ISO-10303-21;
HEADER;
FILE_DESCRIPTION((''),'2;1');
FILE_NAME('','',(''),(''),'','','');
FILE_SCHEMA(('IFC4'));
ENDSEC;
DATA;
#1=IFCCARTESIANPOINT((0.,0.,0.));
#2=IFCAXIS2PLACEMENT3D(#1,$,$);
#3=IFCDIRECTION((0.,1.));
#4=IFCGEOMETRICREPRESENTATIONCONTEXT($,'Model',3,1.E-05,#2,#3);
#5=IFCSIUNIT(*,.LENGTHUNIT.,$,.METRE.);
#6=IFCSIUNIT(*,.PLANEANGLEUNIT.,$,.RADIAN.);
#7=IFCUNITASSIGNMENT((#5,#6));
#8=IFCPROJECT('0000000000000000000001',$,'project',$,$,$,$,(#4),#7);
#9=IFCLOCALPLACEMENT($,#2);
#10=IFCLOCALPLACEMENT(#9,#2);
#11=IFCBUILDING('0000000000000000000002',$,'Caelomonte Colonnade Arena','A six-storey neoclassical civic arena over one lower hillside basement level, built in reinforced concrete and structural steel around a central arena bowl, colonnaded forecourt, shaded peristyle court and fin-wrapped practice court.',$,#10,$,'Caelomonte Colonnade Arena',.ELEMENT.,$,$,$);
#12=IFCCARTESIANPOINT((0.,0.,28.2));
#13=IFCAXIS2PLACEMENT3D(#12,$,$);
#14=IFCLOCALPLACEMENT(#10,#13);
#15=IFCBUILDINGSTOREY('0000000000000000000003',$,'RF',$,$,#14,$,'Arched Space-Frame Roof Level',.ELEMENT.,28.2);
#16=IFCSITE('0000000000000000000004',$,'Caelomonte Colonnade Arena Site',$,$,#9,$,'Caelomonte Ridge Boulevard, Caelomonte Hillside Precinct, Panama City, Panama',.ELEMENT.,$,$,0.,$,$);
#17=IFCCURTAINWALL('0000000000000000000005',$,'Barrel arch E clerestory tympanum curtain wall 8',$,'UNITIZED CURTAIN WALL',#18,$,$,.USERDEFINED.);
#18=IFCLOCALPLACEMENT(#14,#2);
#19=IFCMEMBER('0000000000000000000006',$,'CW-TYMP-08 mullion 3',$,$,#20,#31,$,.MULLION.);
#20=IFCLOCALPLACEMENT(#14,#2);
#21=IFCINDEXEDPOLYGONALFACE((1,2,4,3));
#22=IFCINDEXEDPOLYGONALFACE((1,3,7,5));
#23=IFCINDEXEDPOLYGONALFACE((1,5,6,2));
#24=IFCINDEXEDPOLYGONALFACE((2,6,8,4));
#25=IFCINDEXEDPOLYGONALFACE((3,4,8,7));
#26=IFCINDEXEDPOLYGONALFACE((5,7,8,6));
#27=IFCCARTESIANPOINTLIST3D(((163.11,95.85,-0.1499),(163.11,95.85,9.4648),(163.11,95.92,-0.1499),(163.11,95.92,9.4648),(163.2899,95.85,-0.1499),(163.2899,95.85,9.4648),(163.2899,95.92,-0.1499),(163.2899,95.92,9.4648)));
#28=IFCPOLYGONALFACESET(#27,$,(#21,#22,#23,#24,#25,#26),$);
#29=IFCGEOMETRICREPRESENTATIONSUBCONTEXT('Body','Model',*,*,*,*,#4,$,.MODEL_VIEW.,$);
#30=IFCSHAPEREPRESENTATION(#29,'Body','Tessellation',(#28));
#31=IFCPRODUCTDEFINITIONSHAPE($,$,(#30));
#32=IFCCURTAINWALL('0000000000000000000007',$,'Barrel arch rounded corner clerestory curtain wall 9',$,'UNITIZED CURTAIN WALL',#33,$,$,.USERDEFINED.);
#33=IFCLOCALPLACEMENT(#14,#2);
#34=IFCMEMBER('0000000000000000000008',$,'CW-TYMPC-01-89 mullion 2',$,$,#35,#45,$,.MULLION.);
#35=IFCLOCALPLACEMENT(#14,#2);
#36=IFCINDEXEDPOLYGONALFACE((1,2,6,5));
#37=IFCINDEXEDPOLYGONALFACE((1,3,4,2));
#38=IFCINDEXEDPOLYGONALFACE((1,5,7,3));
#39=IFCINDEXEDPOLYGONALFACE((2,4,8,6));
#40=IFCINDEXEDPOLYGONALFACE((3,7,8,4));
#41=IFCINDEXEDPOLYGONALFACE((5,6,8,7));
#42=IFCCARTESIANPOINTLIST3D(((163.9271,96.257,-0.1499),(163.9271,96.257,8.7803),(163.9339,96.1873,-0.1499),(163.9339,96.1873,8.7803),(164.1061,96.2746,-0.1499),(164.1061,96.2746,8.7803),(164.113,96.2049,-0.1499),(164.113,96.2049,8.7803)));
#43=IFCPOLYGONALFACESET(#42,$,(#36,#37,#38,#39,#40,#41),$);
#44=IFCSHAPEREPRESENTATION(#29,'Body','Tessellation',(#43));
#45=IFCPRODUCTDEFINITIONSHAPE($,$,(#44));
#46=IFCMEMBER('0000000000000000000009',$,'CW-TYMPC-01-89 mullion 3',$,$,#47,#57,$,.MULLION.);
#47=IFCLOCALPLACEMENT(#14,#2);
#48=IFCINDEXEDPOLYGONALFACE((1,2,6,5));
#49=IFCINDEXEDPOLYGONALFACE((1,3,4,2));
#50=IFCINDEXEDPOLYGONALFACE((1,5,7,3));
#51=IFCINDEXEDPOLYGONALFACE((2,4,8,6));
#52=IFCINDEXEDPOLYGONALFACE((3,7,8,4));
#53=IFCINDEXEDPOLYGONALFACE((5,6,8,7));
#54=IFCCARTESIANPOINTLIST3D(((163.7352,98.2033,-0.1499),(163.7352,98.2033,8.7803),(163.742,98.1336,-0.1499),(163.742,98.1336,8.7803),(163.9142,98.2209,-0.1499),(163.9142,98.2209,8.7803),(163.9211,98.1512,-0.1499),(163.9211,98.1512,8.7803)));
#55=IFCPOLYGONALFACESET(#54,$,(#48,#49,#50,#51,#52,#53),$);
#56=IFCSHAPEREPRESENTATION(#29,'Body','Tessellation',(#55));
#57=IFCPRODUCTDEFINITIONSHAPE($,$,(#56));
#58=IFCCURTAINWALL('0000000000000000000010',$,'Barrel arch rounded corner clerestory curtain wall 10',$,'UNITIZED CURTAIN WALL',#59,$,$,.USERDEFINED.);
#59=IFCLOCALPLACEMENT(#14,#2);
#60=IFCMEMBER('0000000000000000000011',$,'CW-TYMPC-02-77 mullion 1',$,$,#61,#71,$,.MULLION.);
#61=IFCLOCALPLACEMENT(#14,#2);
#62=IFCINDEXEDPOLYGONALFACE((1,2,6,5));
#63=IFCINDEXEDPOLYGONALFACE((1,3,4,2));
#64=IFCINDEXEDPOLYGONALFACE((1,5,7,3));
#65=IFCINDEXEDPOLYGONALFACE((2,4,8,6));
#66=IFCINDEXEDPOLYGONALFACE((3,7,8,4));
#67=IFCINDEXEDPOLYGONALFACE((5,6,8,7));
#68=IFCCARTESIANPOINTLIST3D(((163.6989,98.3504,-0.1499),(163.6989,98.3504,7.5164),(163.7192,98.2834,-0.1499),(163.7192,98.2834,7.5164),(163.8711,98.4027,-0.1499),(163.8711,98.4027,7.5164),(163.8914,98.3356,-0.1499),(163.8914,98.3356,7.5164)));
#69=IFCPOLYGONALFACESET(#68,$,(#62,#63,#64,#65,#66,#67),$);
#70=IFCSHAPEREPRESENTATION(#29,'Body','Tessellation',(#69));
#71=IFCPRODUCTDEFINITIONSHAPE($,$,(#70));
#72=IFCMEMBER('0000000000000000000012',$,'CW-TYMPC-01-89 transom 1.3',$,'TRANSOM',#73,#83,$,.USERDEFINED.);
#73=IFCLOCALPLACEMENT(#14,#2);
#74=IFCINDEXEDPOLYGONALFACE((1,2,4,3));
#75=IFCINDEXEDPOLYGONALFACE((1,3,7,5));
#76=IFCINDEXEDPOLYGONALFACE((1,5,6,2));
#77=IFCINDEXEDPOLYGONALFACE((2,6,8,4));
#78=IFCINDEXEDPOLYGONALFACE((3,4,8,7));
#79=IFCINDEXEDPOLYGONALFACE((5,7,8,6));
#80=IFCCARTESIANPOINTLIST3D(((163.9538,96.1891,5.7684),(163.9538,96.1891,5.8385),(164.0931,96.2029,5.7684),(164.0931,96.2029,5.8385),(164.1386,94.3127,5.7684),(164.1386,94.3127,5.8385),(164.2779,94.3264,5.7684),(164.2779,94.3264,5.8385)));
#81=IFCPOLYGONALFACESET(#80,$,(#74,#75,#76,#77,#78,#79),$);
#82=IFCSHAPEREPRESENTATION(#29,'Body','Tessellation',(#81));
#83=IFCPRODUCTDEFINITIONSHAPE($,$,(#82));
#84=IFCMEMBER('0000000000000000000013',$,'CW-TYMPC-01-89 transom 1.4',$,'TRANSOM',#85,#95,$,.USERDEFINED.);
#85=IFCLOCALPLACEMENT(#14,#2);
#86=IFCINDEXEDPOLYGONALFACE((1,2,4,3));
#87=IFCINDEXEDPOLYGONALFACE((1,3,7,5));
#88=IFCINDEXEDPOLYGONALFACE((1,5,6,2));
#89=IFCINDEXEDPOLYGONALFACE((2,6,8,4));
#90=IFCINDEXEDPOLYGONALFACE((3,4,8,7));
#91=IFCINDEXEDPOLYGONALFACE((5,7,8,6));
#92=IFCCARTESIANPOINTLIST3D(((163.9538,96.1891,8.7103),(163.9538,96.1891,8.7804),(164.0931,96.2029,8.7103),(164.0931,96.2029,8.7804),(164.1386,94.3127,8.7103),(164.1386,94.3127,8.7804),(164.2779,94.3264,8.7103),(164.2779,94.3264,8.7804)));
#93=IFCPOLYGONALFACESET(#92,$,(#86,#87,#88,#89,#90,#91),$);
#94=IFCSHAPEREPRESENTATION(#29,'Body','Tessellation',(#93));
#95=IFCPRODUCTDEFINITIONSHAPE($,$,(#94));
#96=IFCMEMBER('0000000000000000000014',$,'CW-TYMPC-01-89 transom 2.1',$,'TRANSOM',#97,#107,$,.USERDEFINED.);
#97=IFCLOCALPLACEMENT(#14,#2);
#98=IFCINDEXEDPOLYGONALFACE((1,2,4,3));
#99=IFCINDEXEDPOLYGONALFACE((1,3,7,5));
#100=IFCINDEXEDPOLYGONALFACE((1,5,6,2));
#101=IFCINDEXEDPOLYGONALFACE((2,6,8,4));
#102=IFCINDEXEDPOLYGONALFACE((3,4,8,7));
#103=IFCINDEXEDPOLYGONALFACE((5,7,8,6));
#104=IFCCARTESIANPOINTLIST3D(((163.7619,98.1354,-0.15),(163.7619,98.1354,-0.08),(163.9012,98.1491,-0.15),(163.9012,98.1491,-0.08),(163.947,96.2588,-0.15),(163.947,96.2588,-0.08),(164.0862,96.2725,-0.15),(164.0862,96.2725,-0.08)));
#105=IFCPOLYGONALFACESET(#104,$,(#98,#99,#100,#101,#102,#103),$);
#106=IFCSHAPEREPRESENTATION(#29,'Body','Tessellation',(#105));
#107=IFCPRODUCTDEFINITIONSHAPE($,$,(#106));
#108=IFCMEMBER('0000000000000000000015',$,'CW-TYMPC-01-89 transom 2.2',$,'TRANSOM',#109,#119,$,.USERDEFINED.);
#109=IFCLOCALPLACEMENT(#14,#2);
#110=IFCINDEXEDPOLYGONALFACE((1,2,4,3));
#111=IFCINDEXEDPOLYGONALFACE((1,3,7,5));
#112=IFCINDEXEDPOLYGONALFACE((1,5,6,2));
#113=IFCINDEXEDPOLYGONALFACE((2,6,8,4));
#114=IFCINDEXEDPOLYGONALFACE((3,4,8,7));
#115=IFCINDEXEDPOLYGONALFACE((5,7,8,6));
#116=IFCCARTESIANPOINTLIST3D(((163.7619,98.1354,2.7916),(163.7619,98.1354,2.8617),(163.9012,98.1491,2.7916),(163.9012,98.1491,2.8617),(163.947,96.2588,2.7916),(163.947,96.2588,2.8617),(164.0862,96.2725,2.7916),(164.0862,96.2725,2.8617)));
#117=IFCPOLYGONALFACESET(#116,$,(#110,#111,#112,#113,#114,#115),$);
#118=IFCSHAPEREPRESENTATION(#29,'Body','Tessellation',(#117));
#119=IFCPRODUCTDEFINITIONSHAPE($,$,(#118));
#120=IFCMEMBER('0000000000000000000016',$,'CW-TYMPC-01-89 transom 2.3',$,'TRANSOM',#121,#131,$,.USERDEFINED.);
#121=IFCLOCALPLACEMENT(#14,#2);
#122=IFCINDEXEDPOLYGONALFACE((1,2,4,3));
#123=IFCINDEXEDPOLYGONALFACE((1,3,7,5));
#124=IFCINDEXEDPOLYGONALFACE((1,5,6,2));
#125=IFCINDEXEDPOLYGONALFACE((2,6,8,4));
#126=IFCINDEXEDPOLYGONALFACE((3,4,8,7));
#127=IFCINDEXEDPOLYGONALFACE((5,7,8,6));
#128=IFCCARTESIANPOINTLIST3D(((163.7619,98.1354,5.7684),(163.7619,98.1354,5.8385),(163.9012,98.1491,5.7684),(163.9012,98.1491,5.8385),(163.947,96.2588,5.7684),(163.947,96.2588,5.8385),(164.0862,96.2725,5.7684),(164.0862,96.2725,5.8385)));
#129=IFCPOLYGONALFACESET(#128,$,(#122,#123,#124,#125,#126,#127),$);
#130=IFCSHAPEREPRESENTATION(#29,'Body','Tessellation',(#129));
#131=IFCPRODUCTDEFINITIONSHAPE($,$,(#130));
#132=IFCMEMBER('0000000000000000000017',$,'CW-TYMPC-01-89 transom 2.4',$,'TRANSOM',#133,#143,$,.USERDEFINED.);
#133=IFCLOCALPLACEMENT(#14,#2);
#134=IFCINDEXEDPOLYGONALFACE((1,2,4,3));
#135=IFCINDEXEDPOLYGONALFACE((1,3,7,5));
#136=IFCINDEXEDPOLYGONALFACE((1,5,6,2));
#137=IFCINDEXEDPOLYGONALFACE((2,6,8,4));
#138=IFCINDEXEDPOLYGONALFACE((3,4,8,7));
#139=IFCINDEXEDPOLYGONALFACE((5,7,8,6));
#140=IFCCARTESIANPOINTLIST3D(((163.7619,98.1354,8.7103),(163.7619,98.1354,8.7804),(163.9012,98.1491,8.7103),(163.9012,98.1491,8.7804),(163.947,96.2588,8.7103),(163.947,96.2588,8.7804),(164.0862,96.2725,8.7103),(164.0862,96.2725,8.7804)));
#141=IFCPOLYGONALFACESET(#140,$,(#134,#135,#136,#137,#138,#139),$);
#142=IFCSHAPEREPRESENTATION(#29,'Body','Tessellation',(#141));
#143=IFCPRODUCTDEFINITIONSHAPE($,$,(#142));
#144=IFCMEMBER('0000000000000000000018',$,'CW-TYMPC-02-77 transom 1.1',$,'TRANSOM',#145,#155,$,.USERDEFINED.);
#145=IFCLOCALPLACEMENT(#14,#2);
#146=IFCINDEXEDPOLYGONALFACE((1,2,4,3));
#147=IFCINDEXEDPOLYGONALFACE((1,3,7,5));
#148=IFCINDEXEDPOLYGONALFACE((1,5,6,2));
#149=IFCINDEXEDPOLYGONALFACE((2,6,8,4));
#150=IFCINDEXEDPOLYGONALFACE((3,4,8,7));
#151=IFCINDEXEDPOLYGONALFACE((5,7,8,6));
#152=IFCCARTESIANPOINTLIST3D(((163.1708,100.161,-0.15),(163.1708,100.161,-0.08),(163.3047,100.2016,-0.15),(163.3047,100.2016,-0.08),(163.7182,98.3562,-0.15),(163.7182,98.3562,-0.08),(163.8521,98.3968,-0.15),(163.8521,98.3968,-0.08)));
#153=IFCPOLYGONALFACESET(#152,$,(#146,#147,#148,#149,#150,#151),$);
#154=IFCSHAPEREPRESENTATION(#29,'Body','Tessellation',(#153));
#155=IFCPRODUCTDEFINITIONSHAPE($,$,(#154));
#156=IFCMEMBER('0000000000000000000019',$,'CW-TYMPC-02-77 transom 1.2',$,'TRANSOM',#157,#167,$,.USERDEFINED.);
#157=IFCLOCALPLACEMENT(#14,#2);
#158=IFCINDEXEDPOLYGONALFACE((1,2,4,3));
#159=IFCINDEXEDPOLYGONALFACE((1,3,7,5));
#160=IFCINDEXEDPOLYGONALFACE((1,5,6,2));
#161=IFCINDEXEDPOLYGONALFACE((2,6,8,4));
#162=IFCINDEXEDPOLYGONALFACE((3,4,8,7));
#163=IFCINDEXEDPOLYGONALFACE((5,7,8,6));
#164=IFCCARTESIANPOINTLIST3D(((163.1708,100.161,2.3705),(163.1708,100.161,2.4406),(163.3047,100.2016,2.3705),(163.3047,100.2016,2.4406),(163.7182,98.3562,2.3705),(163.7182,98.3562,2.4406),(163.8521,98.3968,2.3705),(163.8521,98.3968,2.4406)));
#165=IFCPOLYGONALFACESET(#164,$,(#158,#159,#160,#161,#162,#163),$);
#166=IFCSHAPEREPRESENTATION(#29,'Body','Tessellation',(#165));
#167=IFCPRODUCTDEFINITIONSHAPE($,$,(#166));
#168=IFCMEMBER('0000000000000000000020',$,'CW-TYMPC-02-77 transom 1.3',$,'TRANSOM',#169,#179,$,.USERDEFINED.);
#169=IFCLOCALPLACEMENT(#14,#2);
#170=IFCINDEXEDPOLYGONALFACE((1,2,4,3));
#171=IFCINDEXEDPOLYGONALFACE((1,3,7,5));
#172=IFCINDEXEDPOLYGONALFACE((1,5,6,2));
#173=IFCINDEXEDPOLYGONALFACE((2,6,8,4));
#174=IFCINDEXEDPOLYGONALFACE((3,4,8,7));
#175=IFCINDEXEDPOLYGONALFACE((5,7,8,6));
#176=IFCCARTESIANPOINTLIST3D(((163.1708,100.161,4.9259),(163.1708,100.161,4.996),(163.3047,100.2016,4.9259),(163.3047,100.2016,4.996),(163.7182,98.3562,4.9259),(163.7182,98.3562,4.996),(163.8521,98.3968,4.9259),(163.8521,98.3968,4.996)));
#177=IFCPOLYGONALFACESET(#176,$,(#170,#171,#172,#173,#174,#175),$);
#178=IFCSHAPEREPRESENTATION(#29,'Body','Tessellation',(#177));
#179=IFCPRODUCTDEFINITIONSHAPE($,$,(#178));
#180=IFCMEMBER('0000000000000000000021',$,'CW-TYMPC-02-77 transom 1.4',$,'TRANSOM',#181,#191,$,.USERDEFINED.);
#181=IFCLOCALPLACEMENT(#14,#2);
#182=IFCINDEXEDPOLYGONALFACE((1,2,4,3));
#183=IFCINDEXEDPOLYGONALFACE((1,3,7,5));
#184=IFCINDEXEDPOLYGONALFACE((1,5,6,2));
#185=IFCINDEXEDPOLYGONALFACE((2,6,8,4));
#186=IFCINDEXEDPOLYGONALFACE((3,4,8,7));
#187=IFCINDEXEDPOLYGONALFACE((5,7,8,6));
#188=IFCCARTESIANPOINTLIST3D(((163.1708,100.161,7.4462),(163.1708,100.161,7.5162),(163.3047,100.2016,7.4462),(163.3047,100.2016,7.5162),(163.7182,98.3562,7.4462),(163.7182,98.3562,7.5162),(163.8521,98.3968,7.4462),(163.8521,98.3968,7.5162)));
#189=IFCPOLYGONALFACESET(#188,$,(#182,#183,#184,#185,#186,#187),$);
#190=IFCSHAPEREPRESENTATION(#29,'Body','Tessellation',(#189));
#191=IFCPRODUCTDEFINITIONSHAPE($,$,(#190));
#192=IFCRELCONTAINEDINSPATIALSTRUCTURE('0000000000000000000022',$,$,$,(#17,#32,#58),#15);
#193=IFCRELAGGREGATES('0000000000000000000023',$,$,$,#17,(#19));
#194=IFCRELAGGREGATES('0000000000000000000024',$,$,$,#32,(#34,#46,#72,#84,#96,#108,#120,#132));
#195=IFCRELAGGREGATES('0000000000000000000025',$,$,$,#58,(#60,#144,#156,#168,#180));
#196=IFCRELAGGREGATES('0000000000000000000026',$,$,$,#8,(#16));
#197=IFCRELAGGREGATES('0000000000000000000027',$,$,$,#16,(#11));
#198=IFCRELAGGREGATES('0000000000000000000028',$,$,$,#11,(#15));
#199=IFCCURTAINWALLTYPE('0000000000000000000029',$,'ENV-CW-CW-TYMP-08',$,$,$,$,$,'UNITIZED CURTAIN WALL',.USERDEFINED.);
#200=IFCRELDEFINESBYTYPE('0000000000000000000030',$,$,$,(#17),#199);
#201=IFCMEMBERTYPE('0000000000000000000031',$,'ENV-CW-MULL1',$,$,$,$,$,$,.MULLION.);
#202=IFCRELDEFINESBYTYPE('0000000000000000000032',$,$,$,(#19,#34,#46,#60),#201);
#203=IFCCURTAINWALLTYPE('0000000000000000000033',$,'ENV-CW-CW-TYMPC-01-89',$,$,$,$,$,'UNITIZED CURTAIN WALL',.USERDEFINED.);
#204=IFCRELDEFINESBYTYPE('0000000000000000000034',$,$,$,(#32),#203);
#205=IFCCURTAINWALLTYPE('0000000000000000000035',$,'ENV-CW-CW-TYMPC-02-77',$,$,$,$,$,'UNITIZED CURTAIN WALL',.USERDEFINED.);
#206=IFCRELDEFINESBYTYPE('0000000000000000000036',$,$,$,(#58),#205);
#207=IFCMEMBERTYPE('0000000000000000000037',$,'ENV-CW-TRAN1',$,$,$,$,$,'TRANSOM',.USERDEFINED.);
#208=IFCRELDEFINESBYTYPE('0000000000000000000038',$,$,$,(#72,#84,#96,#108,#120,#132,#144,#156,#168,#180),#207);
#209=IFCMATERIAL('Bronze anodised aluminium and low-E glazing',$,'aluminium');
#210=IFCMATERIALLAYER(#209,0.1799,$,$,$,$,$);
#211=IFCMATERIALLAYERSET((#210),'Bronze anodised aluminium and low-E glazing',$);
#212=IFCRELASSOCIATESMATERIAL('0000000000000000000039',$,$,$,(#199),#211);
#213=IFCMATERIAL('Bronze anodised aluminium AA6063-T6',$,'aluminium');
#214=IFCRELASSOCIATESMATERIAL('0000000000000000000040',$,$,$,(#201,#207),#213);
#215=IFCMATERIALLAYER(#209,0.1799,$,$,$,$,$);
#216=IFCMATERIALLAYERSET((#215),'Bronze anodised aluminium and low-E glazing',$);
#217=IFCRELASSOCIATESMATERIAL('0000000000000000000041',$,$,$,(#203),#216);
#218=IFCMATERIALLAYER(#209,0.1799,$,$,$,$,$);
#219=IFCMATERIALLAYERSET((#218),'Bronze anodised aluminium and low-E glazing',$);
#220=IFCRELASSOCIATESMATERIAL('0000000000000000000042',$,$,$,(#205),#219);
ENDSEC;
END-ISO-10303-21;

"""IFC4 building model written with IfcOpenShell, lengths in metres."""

from ifc_helpers import new_model, si_unit, direction, frame, origin, origin_2d, place, context, subcontext, project, spatial, rectangle, extrude, material, layer, layer_set, material_profile, profile_set, type_object, element, aggregate, save


model = new_model("IFC4")

# Units and contexts
model_context = context("Model", 3, precision=1e-05, world=origin(), true_north=direction((0.0, 1.0)))
body_context = subcontext(model_context, "Body", "Model", "MODEL_VIEW")
ifc_project = project(units=[si_unit("LENGTHUNIT", "METRE"), si_unit("PLANEANGLEUNIT", "RADIAN")], contexts=[model_context])

# Site, building, storey
site_placement = place(None, origin())
site = spatial("IfcSite", under=ifc_project, at=site_placement, Name="Caelomonte Colonnade Arena Site", LongName="Caelomonte Ridge Boulevard, Caelomonte Hillside Precinct, Panama City, Panama", CompositionType="ELEMENT", RefElevation=0.0)
building_placement = place(site_placement, origin())
building = spatial("IfcBuilding", under=site, at=building_placement, Name="Caelomonte Colonnade Arena", Description="A six-storey neoclassical civic arena over one lower hillside basement level, built in reinforced concrete and structural steel around a central arena bowl, colonnaded forecourt, shaded peristyle court and fin-wrapped practice court.", LongName="Caelomonte Colonnade Arena", CompositionType="ELEMENT")
storey_placement = place(building_placement, frame((0.0, 0.0, 28.2)))
storey = spatial("IfcBuildingStorey", under=building, at=storey_placement, Name="RF", LongName="Arched Space-Frame Roof Level", CompositionType="ELEMENT", Elevation=28.2)

# Curtain wall, member
ifc_material_1 = material(Name="Bronze anodised aluminium and low-E glazing", Category="aluminium")
ifc_layer_1 = layer(ifc_material_1, 0.1799)
ifc_layer_set_1 = layer_set([ifc_layer_1], Name="Bronze anodised aluminium and low-E glazing")
curtain_wall_type_1 = type_object("IfcCurtainWallType", Name="ENV-CW-CW-TYMP-08", ElementType="UNITIZED CURTAIN WALL", PredefinedType="USERDEFINED", material=ifc_layer_set_1)
curtain_wall_1_placement = place(storey_placement, origin())
curtain_wall_1 = element("IfcCurtainWall", 1, at=curtain_wall_1_placement, inside=storey, type_object=curtain_wall_type_1, Name="Barrel arch E clerestory tympanum curtain wall 8", ObjectType="UNITIZED CURTAIN WALL", PredefinedType="USERDEFINED")
ifc_material_2 = material(Name="Bronze anodised aluminium AA6063-T6", Category="aluminium")
ifc_material_profile_1 = material_profile(ifc_material_2, rectangle(XDim=0.0701, YDim=0.1799, at=origin_2d()), Name="CWM-70X180")
ifc_profile_set_1 = profile_set([ifc_material_profile_1], Name="Bronze anodised aluminium AA6063-T6")
member_type_1 = type_object("IfcMemberType", Name="ENV-CW-MULL1", PredefinedType="MULLION", material=ifc_profile_set_1)
member_1_placement = place(storey_placement, frame((163.2, 95.885, -0.1499), z_axis=(0.0, 0.0, 1.0), x_axis=(0.0, 1.0, 0.0)))
member_1 = element("IfcMember", 2, at=member_1_placement, type_object=member_type_1, Name="CW-TYMP-08 mullion 3", PredefinedType="MULLION", context=body_context, shape_type="SweptSolid", body=[
    extrude(rectangle(XDim=0.0701, YDim=0.1799, at=origin_2d()), origin(), (0.0, 0.0, 1.0), 9.6147),
])

# Curtain wall, members
ifc_layer_2 = layer(ifc_material_1, 0.1799)
ifc_layer_set_2 = layer_set([ifc_layer_2], Name="Bronze anodised aluminium and low-E glazing")
curtain_wall_type_2 = type_object("IfcCurtainWallType", Name="ENV-CW-CW-TYMPC-01-89", ElementType="UNITIZED CURTAIN WALL", PredefinedType="USERDEFINED", material=ifc_layer_set_2)
curtain_wall_2_placement = place(storey_placement, origin())
curtain_wall_2 = element("IfcCurtainWall", 3, at=curtain_wall_2_placement, inside=storey, type_object=curtain_wall_type_2, Name="Barrel arch rounded corner clerestory curtain wall 9", ObjectType="UNITIZED CURTAIN WALL", PredefinedType="USERDEFINED")
member_2_placement = place(storey_placement, frame((164.02, 96.231, -0.1499), z_axis=(0.0, 0.0, 1.0), x_axis=(-0.098031, 0.995183, 0.0)))
member_2 = element("IfcMember", 4, at=member_2_placement, type_object=member_type_1, Name="CW-TYMPC-01-89 mullion 2", PredefinedType="MULLION", context=body_context, shape_type="SweptSolid", body=[
    extrude(rectangle(XDim=0.0701, YDim=0.1799, at=origin_2d()), origin(), (0.0, 0.0, 1.0), 8.9302),
])
member_3_placement = place(storey_placement, frame((163.8281, 98.1772, -0.1499), z_axis=(0.0, 0.0, 1.0), x_axis=(-0.098031, 0.995183, 0.0)))
member_3 = element("IfcMember", 5, at=member_3_placement, type_object=member_type_1, Name="CW-TYMPC-01-89 mullion 3", PredefinedType="MULLION", context=body_context, shape_type="SweptSolid", body=[
    extrude(rectangle(XDim=0.0701, YDim=0.1799, at=origin_2d()), origin(), (0.0, 0.0, 1.0), 8.9302),
])

# Curtain wall, member
ifc_layer_3 = layer(ifc_material_1, 0.1799)
ifc_layer_set_3 = layer_set([ifc_layer_3], Name="Bronze anodised aluminium and low-E glazing")
curtain_wall_type_3 = type_object("IfcCurtainWallType", Name="ENV-CW-CW-TYMPC-02-77", ElementType="UNITIZED CURTAIN WALL", PredefinedType="USERDEFINED", material=ifc_layer_set_3)
curtain_wall_3_placement = place(storey_placement, origin())
curtain_wall_3 = element("IfcCurtainWall", 6, at=curtain_wall_3_placement, inside=storey, type_object=curtain_wall_type_3, Name="Barrel arch rounded corner clerestory curtain wall 10", ObjectType="UNITIZED CURTAIN WALL", PredefinedType="USERDEFINED")
member_4_placement = place(storey_placement, frame((163.7952, 98.343, -0.1499), z_axis=(0.0, 0.0, 1.0), x_axis=(-0.290266, 0.956946, 0.0)))
member_4 = element("IfcMember", 7, at=member_4_placement, type_object=member_type_1, Name="CW-TYMPC-02-77 mullion 1", PredefinedType="MULLION", context=body_context, shape_type="SweptSolid", body=[
    extrude(rectangle(XDim=0.0701, YDim=0.1799, at=origin_2d()), origin(), (0.0, 0.0, 1.0), 7.6663),
])

# Members
ifc_material_profile_2 = material_profile(ifc_material_2, rectangle(XDim=0.0701, YDim=0.1399, at=origin_2d()), Name="CWT-70X140")
ifc_profile_set_2 = profile_set([ifc_material_profile_2], Name="Bronze anodised aluminium AA6063-T6")
member_type_2 = type_object("IfcMemberType", Name="ENV-CW-TRAN1", ElementType="TRANSOM", PredefinedType="USERDEFINED", material=ifc_profile_set_2)
member_5_placement = place(storey_placement, frame((164.2083, 94.3196, 5.8035), z_axis=(-0.098017, 0.995185, 0.0), x_axis=(0.0, 0.0, 1.0)))
member_5 = element("IfcMember", 8, at=member_5_placement, type_object=member_type_2, Name="CW-TYMPC-01-89 transom 1.3", ObjectType="TRANSOM", PredefinedType="USERDEFINED", context=body_context, shape_type="SweptSolid", body=[
    extrude(rectangle(XDim=0.0701, YDim=0.1399, at=origin_2d()), origin(), (0.0, 0.0, 1.0), 1.8855),
])
member_6_placement = place(storey_placement, frame((164.2083, 94.3196, 8.7454), z_axis=(-0.098017, 0.995185, 0.0), x_axis=(0.0, 0.0, 1.0)))
member_6 = element("IfcMember", 9, at=member_6_placement, type_object=member_type_2, Name="CW-TYMPC-01-89 transom 1.4", ObjectType="TRANSOM", PredefinedType="USERDEFINED", context=body_context, shape_type="SweptSolid", body=[
    extrude(rectangle(XDim=0.0701, YDim=0.1399, at=origin_2d()), origin(), (0.0, 0.0, 1.0), 1.8855),
])
member_7_placement = place(storey_placement, frame((164.0166, 96.2656, -0.115), z_axis=(-0.098132, 0.995173, 0.0), x_axis=(0.0, 0.0, 1.0)))
member_7 = element("IfcMember", 10, at=member_7_placement, type_object=member_type_2, Name="CW-TYMPC-01-89 transom 2.1", ObjectType="TRANSOM", PredefinedType="USERDEFINED", context=body_context, shape_type="SweptSolid", body=[
    extrude(rectangle(XDim=0.0701, YDim=0.1399, at=origin_2d()), origin(), (0.0, 0.0, 1.0), 1.8857),
])
member_8_placement = place(storey_placement, frame((164.0166, 96.2656, 2.8267), z_axis=(-0.098132, 0.995173, 0.0), x_axis=(0.0, 0.0, 1.0)))
member_8 = element("IfcMember", 11, at=member_8_placement, type_object=member_type_2, Name="CW-TYMPC-01-89 transom 2.2", ObjectType="TRANSOM", PredefinedType="USERDEFINED", context=body_context, shape_type="SweptSolid", body=[
    extrude(rectangle(XDim=0.0701, YDim=0.1399, at=origin_2d()), origin(), (0.0, 0.0, 1.0), 1.8857),
])
member_9_placement = place(storey_placement, frame((164.0166, 96.2656, 5.8035), z_axis=(-0.098132, 0.995173, 0.0), x_axis=(0.0, 0.0, 1.0)))
member_9 = element("IfcMember", 12, at=member_9_placement, type_object=member_type_2, Name="CW-TYMPC-01-89 transom 2.3", ObjectType="TRANSOM", PredefinedType="USERDEFINED", context=body_context, shape_type="SweptSolid", body=[
    extrude(rectangle(XDim=0.0701, YDim=0.1399, at=origin_2d()), origin(), (0.0, 0.0, 1.0), 1.8857),
])
member_10_placement = place(storey_placement, frame((164.0166, 96.2656, 8.7454), z_axis=(-0.098132, 0.995173, 0.0), x_axis=(0.0, 0.0, 1.0)))
member_10 = element("IfcMember", 13, at=member_10_placement, type_object=member_type_2, Name="CW-TYMPC-01-89 transom 2.4", ObjectType="TRANSOM", PredefinedType="USERDEFINED", context=body_context, shape_type="SweptSolid", body=[
    extrude(rectangle(XDim=0.0701, YDim=0.1399, at=origin_2d()), origin(), (0.0, 0.0, 1.0), 1.8857),
])
member_11_placement = place(storey_placement, frame((163.7852, 98.3765, -0.115), z_axis=(-0.290245, 0.956953, 0.0), x_axis=(0.0, 0.0, 1.0)))
member_11 = element("IfcMember", 14, at=member_11_placement, type_object=member_type_2, Name="CW-TYMPC-02-77 transom 1.1", ObjectType="TRANSOM", PredefinedType="USERDEFINED", context=body_context, shape_type="SweptSolid", body=[
    extrude(rectangle(XDim=0.0701, YDim=0.1399, at=origin_2d()), origin(), (0.0, 0.0, 1.0), 1.886),
])
member_12_placement = place(storey_placement, frame((163.7852, 98.3765, 2.4055), z_axis=(-0.290245, 0.956953, 0.0), x_axis=(0.0, 0.0, 1.0)))
member_12 = element("IfcMember", 15, at=member_12_placement, type_object=member_type_2, Name="CW-TYMPC-02-77 transom 1.2", ObjectType="TRANSOM", PredefinedType="USERDEFINED", context=body_context, shape_type="SweptSolid", body=[
    extrude(rectangle(XDim=0.0701, YDim=0.1399, at=origin_2d()), origin(), (0.0, 0.0, 1.0), 1.886),
])
member_13_placement = place(storey_placement, frame((163.7852, 98.3765, 4.9609), z_axis=(-0.290245, 0.956953, 0.0), x_axis=(0.0, 0.0, 1.0)))
member_13 = element("IfcMember", 16, at=member_13_placement, type_object=member_type_2, Name="CW-TYMPC-02-77 transom 1.3", ObjectType="TRANSOM", PredefinedType="USERDEFINED", context=body_context, shape_type="SweptSolid", body=[
    extrude(rectangle(XDim=0.0701, YDim=0.1399, at=origin_2d()), origin(), (0.0, 0.0, 1.0), 1.886),
])
member_14_placement = place(storey_placement, frame((163.7852, 98.3765, 7.4812), z_axis=(-0.290245, 0.956953, 0.0), x_axis=(0.0, 0.0, 1.0)))
member_14 = element("IfcMember", 17, at=member_14_placement, type_object=member_type_2, Name="CW-TYMPC-02-77 transom 1.4", ObjectType="TRANSOM", PredefinedType="USERDEFINED", context=body_context, shape_type="SweptSolid", body=[
    extrude(rectangle(XDim=0.0701, YDim=0.1399, at=origin_2d()), origin(), (0.0, 0.0, 1.0), 1.886),
])

aggregate(curtain_wall_1, [member_1])
aggregate(curtain_wall_2, [member_2, member_3, member_5, member_6, member_7, member_8, member_9, member_10])
aggregate(curtain_wall_3, [member_4, member_11, member_12, member_13, member_14])

save(model, "model.ifc")
